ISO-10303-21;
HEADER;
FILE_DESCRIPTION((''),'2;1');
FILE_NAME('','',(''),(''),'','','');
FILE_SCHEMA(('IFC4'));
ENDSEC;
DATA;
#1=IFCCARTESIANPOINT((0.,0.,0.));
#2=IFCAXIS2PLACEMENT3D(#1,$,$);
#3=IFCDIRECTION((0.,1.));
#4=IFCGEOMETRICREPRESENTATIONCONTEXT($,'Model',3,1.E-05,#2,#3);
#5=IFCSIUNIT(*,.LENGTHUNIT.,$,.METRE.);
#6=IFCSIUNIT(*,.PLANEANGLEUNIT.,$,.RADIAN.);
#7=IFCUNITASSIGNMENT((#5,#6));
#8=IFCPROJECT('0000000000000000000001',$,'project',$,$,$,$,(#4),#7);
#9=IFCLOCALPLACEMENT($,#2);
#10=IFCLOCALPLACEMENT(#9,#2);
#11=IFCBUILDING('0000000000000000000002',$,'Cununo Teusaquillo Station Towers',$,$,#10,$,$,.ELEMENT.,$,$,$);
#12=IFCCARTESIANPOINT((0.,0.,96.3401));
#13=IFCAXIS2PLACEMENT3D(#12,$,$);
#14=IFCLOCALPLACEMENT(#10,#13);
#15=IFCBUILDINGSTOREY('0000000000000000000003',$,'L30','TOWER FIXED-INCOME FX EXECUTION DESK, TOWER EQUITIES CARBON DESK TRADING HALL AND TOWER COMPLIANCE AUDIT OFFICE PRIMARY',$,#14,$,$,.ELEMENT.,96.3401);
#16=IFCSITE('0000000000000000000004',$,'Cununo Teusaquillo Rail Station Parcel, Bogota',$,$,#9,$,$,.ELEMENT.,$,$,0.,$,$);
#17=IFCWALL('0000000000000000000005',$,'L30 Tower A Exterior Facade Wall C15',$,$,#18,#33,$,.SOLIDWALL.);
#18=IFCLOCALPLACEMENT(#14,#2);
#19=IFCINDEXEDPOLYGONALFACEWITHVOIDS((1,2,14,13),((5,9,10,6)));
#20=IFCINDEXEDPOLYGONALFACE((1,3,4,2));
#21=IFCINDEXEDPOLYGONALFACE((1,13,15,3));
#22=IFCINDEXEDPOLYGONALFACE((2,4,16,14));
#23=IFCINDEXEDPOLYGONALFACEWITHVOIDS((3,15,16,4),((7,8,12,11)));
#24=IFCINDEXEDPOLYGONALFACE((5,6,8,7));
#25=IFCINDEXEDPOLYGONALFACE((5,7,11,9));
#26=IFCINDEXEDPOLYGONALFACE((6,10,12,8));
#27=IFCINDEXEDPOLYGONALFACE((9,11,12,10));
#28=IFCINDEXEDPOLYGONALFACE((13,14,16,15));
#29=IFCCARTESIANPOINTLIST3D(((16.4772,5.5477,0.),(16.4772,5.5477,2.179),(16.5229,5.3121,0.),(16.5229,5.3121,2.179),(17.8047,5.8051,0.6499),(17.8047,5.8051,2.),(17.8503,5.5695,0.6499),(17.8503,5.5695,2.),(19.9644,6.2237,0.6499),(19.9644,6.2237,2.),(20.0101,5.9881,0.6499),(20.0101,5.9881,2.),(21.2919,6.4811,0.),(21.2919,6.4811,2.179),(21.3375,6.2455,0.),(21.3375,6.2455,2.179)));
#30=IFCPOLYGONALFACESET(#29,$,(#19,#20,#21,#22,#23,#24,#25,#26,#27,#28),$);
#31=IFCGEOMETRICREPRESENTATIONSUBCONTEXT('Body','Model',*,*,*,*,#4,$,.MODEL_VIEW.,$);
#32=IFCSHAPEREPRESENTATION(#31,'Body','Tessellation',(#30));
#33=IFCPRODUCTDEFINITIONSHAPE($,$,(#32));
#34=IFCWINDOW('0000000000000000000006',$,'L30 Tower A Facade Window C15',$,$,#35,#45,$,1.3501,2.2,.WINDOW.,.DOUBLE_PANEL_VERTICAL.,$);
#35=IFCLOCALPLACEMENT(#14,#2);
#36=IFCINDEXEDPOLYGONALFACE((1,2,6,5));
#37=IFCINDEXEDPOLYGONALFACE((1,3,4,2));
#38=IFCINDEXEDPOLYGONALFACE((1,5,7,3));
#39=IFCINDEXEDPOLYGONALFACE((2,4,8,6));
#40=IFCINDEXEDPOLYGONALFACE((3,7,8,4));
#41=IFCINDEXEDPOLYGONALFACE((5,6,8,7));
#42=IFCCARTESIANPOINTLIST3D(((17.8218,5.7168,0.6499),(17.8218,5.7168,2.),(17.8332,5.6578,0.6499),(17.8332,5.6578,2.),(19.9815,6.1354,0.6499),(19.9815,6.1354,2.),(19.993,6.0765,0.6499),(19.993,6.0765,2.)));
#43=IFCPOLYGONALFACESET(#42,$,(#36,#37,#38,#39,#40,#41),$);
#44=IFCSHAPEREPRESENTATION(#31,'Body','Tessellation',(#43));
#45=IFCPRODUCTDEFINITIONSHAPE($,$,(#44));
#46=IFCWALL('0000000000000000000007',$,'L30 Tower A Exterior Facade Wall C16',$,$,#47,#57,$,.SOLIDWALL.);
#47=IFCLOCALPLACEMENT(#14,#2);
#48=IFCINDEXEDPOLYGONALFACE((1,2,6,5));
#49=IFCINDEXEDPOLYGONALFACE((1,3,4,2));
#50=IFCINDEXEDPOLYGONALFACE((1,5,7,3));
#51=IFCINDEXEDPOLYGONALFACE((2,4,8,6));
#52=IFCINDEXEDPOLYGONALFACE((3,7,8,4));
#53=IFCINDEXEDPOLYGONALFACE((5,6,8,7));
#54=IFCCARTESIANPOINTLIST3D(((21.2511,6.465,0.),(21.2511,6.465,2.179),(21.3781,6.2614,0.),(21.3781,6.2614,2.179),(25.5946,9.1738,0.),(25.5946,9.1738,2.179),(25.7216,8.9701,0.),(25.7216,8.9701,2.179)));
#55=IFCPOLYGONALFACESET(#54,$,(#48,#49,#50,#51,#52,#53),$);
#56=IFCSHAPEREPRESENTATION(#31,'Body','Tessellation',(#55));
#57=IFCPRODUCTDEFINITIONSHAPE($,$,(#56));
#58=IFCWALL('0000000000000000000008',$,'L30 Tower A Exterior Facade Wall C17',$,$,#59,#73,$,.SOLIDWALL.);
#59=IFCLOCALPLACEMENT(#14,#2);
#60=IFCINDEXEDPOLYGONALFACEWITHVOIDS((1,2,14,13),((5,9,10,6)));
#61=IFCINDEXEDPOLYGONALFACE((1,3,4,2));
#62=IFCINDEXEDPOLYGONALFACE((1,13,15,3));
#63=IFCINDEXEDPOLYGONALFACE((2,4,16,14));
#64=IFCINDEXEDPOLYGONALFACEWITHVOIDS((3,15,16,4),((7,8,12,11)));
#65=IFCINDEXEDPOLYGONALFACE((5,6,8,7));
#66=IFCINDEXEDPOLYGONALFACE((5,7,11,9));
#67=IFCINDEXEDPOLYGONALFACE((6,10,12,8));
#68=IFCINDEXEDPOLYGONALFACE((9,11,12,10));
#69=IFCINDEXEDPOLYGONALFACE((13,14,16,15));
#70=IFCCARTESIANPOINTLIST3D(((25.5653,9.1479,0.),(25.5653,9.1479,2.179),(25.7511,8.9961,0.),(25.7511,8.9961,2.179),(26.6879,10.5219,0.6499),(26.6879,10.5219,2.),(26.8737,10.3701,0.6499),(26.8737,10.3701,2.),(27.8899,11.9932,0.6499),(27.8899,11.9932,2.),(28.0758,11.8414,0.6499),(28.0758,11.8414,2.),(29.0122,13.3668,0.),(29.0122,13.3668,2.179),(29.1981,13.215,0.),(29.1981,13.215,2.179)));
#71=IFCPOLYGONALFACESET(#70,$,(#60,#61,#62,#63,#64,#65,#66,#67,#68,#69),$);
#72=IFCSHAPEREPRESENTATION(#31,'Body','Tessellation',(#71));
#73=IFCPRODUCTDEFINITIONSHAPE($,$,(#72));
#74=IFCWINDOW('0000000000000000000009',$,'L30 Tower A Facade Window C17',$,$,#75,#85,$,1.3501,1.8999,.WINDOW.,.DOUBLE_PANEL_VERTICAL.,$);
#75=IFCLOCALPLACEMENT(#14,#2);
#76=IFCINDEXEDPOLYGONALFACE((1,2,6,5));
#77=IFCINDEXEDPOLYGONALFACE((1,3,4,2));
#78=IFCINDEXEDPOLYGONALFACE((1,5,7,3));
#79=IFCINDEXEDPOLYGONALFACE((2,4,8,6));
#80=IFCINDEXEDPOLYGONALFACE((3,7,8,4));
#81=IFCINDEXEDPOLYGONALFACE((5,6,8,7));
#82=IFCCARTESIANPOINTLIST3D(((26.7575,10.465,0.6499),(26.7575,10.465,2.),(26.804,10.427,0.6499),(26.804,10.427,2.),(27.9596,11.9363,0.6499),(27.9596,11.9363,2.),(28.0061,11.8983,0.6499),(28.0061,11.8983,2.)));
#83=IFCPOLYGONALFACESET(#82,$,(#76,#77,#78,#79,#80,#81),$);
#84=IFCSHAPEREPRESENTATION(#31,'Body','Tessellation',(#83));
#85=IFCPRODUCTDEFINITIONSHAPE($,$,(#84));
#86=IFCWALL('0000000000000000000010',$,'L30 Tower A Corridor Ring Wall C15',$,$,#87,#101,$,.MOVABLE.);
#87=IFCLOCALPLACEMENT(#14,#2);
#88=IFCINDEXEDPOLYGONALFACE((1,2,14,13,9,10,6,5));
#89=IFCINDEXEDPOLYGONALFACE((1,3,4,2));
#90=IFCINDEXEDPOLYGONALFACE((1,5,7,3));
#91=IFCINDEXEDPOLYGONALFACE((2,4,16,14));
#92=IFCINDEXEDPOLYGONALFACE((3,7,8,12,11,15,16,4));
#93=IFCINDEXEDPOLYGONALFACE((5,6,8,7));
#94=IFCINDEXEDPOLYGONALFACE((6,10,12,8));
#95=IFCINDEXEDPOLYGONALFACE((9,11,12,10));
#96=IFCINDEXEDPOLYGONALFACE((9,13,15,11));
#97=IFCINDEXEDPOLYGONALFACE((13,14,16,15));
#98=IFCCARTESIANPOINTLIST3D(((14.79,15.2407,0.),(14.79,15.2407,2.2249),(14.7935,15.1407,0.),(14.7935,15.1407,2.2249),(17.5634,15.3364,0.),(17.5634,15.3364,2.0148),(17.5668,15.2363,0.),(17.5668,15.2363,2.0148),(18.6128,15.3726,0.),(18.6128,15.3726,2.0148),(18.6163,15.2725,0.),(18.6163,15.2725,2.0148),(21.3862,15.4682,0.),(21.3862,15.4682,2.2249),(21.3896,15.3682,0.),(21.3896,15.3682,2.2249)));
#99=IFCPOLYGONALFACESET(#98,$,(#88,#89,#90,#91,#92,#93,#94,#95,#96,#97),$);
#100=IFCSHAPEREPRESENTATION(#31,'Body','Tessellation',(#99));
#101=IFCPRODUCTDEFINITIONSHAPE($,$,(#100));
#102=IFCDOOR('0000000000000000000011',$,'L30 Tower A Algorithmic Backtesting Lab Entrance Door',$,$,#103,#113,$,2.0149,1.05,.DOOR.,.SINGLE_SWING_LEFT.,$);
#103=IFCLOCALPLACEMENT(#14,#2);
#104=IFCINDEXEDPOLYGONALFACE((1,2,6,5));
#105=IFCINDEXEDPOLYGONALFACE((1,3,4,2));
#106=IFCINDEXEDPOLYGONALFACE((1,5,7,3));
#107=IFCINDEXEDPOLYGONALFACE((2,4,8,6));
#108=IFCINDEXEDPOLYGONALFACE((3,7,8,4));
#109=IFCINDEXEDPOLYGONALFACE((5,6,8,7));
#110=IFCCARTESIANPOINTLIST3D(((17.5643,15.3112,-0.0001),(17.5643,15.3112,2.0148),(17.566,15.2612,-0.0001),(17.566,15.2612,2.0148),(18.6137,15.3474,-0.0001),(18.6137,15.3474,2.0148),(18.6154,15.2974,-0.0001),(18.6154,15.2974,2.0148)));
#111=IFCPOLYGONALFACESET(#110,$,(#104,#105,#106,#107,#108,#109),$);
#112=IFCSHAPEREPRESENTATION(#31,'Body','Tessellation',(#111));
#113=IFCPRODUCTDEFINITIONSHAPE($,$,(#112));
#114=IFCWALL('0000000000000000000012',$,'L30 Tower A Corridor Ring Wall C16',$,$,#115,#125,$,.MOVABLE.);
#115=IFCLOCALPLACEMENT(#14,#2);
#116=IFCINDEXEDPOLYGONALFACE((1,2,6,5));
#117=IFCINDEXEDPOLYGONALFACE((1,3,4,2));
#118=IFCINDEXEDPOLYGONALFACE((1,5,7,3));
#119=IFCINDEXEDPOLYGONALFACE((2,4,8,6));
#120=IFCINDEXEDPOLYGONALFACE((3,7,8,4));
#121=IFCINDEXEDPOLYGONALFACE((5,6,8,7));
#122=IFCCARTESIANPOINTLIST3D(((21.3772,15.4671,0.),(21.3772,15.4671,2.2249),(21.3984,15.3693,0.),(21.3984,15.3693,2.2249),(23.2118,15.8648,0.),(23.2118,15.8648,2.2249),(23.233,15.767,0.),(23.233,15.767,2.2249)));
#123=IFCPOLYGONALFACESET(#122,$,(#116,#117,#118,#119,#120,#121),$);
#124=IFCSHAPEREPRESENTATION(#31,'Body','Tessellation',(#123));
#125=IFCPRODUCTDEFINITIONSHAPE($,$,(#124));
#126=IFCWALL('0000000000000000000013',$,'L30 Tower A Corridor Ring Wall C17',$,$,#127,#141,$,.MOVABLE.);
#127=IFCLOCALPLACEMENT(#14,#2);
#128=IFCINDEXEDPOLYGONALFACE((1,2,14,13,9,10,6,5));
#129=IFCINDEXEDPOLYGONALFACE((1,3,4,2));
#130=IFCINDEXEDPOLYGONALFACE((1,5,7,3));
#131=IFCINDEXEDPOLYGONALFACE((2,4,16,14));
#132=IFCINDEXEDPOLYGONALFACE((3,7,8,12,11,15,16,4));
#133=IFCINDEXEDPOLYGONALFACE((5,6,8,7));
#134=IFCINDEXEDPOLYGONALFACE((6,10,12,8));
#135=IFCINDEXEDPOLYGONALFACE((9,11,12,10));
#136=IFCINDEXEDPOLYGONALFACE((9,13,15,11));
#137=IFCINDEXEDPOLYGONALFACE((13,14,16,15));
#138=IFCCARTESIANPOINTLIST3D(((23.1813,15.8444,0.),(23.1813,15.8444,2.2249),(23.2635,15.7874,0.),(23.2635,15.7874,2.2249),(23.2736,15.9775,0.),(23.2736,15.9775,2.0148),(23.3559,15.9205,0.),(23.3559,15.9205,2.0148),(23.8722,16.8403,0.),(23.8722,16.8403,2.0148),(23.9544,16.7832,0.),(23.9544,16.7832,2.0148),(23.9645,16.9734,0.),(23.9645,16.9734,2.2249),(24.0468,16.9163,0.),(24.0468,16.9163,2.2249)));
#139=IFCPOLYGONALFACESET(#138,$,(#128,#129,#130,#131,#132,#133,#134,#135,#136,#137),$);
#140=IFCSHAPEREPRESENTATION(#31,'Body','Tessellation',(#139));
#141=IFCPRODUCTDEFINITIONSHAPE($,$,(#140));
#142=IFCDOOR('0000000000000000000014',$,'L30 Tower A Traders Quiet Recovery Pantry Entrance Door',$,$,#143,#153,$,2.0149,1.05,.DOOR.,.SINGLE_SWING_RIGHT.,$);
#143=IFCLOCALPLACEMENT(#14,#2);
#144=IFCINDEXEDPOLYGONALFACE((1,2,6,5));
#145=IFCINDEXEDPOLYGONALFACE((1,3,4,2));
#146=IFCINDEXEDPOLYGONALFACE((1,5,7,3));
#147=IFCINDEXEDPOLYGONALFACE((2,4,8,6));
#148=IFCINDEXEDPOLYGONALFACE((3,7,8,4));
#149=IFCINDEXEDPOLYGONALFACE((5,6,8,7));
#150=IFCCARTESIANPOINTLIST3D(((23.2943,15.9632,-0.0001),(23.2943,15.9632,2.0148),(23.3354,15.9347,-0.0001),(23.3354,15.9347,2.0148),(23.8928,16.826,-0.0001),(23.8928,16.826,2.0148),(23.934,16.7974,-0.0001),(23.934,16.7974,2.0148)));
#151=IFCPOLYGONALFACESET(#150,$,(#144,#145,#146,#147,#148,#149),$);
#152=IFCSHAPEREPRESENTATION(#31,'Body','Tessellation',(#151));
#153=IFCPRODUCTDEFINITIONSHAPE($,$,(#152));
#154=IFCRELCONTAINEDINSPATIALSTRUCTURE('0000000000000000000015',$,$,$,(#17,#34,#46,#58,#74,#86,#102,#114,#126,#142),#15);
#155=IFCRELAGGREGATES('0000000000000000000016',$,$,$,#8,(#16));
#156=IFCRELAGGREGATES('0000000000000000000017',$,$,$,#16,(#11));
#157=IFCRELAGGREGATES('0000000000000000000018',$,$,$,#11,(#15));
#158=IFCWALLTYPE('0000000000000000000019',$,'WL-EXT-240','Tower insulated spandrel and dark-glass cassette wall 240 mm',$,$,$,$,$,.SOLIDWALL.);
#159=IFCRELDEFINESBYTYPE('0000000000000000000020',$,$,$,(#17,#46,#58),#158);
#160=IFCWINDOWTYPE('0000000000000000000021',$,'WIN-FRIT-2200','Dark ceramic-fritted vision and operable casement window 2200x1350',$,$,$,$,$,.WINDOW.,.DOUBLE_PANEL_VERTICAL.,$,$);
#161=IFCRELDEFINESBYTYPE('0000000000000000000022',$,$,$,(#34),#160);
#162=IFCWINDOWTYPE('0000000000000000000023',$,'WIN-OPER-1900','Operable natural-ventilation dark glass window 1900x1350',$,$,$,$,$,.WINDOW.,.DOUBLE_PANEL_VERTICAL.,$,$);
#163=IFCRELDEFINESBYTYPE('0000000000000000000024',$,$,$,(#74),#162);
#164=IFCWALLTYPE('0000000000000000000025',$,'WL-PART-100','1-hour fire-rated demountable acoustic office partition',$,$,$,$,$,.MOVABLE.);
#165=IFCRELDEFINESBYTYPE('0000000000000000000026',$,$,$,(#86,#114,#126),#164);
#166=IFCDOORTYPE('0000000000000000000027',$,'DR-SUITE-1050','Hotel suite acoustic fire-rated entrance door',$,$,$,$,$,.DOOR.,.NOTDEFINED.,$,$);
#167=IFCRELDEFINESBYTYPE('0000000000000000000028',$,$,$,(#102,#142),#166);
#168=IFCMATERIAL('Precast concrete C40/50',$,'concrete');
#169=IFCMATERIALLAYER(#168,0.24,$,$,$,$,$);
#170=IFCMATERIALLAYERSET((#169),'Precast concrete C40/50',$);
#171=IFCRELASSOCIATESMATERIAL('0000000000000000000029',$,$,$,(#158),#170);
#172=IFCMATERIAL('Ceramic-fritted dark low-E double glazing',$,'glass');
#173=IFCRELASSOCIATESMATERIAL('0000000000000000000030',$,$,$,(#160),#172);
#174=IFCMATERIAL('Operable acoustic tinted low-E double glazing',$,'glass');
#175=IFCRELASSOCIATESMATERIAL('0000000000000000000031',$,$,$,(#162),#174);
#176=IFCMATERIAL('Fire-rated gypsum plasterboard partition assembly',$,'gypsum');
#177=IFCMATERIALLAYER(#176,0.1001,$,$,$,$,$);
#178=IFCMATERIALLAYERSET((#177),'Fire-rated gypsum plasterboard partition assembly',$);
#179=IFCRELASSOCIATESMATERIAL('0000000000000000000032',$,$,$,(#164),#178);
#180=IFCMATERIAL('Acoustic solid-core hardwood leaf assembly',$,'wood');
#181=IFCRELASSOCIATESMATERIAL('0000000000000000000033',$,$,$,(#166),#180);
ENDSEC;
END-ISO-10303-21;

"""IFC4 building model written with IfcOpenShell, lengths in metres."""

from ifc_helpers import new_model, si_unit, direction, frame, frame_2d, origin, place, context, subcontext, project, spatial, rectangle, extrude, source, transform, mapped, material, layer, layer_set, type_object, element, fill, save


model = new_model("IFC4")

# Units and contexts
model_context = context("Model", 3, precision=1e-05, world=origin(), true_north=direction((0.0, 1.0)))
body_context = subcontext(model_context, "Body", "Model", "MODEL_VIEW")
ifc_project = project(units=[si_unit("LENGTHUNIT", "METRE"), si_unit("PLANEANGLEUNIT", "RADIAN")], contexts=[model_context])

# Site, building, storey
site_placement = place(None, origin())
site = spatial("IfcSite", under=ifc_project, at=site_placement, Name="Cununo Teusaquillo Rail Station Parcel, Bogota", CompositionType="ELEMENT", RefElevation=0.0)
building_placement = place(site_placement, origin())
building = spatial("IfcBuilding", under=site, at=building_placement, Name="Cununo Teusaquillo Station Towers", CompositionType="ELEMENT")
storey_placement = place(building_placement, frame((0.0, 0.0, 96.3401)))
storey = spatial("IfcBuildingStorey", under=building, at=storey_placement, Name="L30", Description="TOWER FIXED-INCOME FX EXECUTION DESK, TOWER EQUITIES CARBON DESK TRADING HALL AND TOWER COMPLIANCE AUDIT OFFICE PRIMARY", CompositionType="ELEMENT", Elevation=96.3401)

# Shared definitions
ifc_material_1 = material(Name="Precast concrete C40/50", Category="concrete")
ifc_layer_1 = layer(ifc_material_1, 0.24)
ifc_layer_set_1 = layer_set([ifc_layer_1], Name="Precast concrete C40/50")
wall_type_1 = type_object("IfcWallType", Name="WL-EXT-240", Description="Tower insulated spandrel and dark-glass cassette wall 240 mm", PredefinedType="SOLIDWALL", material=ifc_layer_set_1)

# Wall, opening, window
wall_1_placement = place(storey_placement, frame((21.3147, 6.3633, 0.0), z_axis=(0.0, 0.0, 1.0), x_axis=(-0.981724, -0.190311, 0.0)))
wall_1 = element("IfcWall", 1, at=wall_1_placement, inside=storey, type_object=wall_type_1, Name="L30 Tower A Exterior Facade Wall C15", PredefinedType="SOLIDWALL", context=body_context, shape_type="SweptSolid", body=[
    extrude(rectangle(XDim=4.9043, YDim=0.24, at=frame_2d((2.4521, 0.0))), origin(), (0.0, 0.0, 1.0), 2.179),
])
shared_shape_1 = source(origin(), body_context, "Body", "SweptSolid", [
    extrude(rectangle(XDim=2.2, YDim=1.3501, at=frame_2d((1.1001, 0.675))), frame((0.0, 0.1299, 0.0), z_axis=(0.0, -1.0, 0.0), x_axis=(1.0, 0.0, 0.0)), (0.0, 0.0, 1.0), 0.26),
])
opening_1_placement = place(wall_1_placement, frame((1.3521, 0.0, 0.6499)))
opening_1 = element("IfcOpeningElement", 2, at=opening_1_placement, cuts=wall_1, PredefinedType="OPENING", context=body_context, shape_type="MappedRepresentation", body=[
    mapped(shared_shape_1, transform((0.0, 0.0, 0.0), x_axis=(1.0, 0.0, 0.0), y_axis=(0.0, 1.0, 0.0), z_axis=(0.0, 0.0, 1.0), scale=1.0)),
])
ifc_material_2 = material(Name="Ceramic-fritted dark low-E double glazing", Category="glass")
window_type_1 = type_object("IfcWindowType", Name="WIN-FRIT-2200", Description="Dark ceramic-fritted vision and operable casement window 2200x1350", PartitioningType="DOUBLE_PANEL_VERTICAL", PredefinedType="WINDOW", material=ifc_material_2)
shared_shape_2 = source(origin(), body_context, "Body", "SweptSolid", [
    extrude(rectangle(XDim=2.2, YDim=1.3501, at=frame_2d((1.1001, 0.675))), frame((0.0, 0.03, 0.0), z_axis=(0.0, -1.0, 0.0), x_axis=(1.0, 0.0, 0.0)), (0.0, 0.0, 1.0), 0.0601),
])
window_1_placement = place(opening_1_placement, origin())
window_1 = element("IfcWindow", 3, at=window_1_placement, inside=storey, type_object=window_type_1, Name="L30 Tower A Facade Window C15", OverallHeight=1.3501, OverallWidth=2.2, PartitioningType="DOUBLE_PANEL_VERTICAL", PredefinedType="WINDOW", context=body_context, shape_type="MappedRepresentation", body=[
    mapped(shared_shape_2, transform((0.0, 0.0, 0.0), x_axis=(1.0, 0.0, 0.0), y_axis=(0.0, 1.0, 0.0), z_axis=(0.0, 0.0, 1.0), scale=1.0)),
])
fill(opening_1, window_1)

# Wall
wall_2_placement = place(storey_placement, frame((25.6582, 9.072, 0.0), z_axis=(0.0, 0.0, 1.0), x_axis=(-0.84852, -0.529163, 0.0)))
element("IfcWall", 4, at=wall_2_placement, inside=storey, type_object=wall_type_1, Name="L30 Tower A Exterior Facade Wall C16", PredefinedType="SOLIDWALL", context=body_context, shape_type="SweptSolid", body=[
    extrude(rectangle(XDim=5.1189, YDim=0.24, at=frame_2d((2.5596, 0.0))), origin(), (0.0, 0.0, 1.0), 2.179),
])

# Wall, opening, window
wall_3_placement = place(storey_placement, frame((29.1052, 13.291, 0.0), z_axis=(0.0, 0.0, 1.0), x_axis=(-0.632701, -0.774396, 0.0)))
wall_3 = element("IfcWall", 5, at=wall_3_placement, inside=storey, type_object=wall_type_1, Name="L30 Tower A Exterior Facade Wall C17", PredefinedType="SOLIDWALL", context=body_context, shape_type="SweptSolid", body=[
    extrude(rectangle(XDim=5.448, YDim=0.24, at=frame_2d((2.7241, 0.0))), origin(), (0.0, 0.0, 1.0), 2.179),
])
shared_shape_3 = source(origin(), body_context, "Body", "SweptSolid", [
    extrude(rectangle(XDim=1.8999, YDim=1.3501, at=frame_2d((0.95, 0.675))), frame((0.0, 0.1299, 0.0), z_axis=(0.0, -1.0, 0.0), x_axis=(1.0, 0.0, 0.0)), (0.0, 0.0, 1.0), 0.26),
])
opening_2_placement = place(wall_3_placement, frame((1.7739, 0.0, 0.6499)))
opening_2 = element("IfcOpeningElement", 6, at=opening_2_placement, cuts=wall_3, PredefinedType="OPENING", context=body_context, shape_type="MappedRepresentation", body=[
    mapped(shared_shape_3, transform((0.0, 0.0, 0.0), x_axis=(1.0, 0.0, 0.0), y_axis=(0.0, 1.0, 0.0), z_axis=(0.0, 0.0, 1.0), scale=1.0)),
])
ifc_material_3 = material(Name="Operable acoustic tinted low-E double glazing", Category="glass")
window_type_2 = type_object("IfcWindowType", Name="WIN-OPER-1900", Description="Operable natural-ventilation dark glass window 1900x1350", PartitioningType="DOUBLE_PANEL_VERTICAL", PredefinedType="WINDOW", material=ifc_material_3)
shared_shape_4 = source(origin(), body_context, "Body", "SweptSolid", [
    extrude(rectangle(XDim=1.8999, YDim=1.3501, at=frame_2d((0.95, 0.675))), frame((0.0, 0.03, 0.0), z_axis=(0.0, -1.0, 0.0), x_axis=(1.0, 0.0, 0.0)), (0.0, 0.0, 1.0), 0.0601),
])
window_2_placement = place(opening_2_placement, origin())
window_2 = element("IfcWindow", 7, at=window_2_placement, inside=storey, type_object=window_type_2, Name="L30 Tower A Facade Window C17", OverallHeight=1.3501, OverallWidth=1.8999, PartitioningType="DOUBLE_PANEL_VERTICAL", PredefinedType="WINDOW", context=body_context, shape_type="MappedRepresentation", body=[
    mapped(shared_shape_4, transform((0.0, 0.0, 0.0), x_axis=(1.0, 0.0, 0.0), y_axis=(0.0, 1.0, 0.0), z_axis=(0.0, 0.0, 1.0), scale=1.0)),
])
fill(opening_2, window_2)

# Wall, opening, door
ifc_material_4 = material(Name="Fire-rated gypsum plasterboard partition assembly", Category="gypsum")
ifc_layer_2 = layer(ifc_material_4, 0.1001)
ifc_layer_set_2 = layer_set([ifc_layer_2], Name="Fire-rated gypsum plasterboard partition assembly")
wall_type_2 = type_object("IfcWallType", Name="WL-PART-100", Description="1-hour fire-rated demountable acoustic office partition", PredefinedType="MOVABLE", material=ifc_layer_set_2)
wall_4_placement = place(storey_placement, frame((14.7917, 15.1907, 0.0), z_axis=(0.0, 0.0, 1.0), x_axis=(0.999406, 0.034475, 0.0)))
wall_4 = element("IfcWall", 8, at=wall_4_placement, inside=storey, type_object=wall_type_2, Name="L30 Tower A Corridor Ring Wall C15", PredefinedType="MOVABLE", context=body_context, shape_type="SweptSolid", body=[
    extrude(rectangle(XDim=6.6001, YDim=0.1001, at=frame_2d((3.3, 0.0))), origin(), (0.0, 0.0, 1.0), 2.2249),
])
shared_shape_5 = source(origin(), body_context, "Body", "SweptSolid", [
    extrude(rectangle(XDim=1.05, YDim=2.0149, at=frame_2d((0.5249, 1.0073))), frame((0.0, 0.0601, 0.0), z_axis=(0.0, -1.0, 0.0), x_axis=(1.0, 0.0, 0.0)), (0.0, 0.0, 1.0), 0.1201),
])
opening_3_placement = place(wall_4_placement, frame((2.7751, 0.0, 0.0)))
opening_3 = element("IfcOpeningElement", 9, at=opening_3_placement, cuts=wall_4, PredefinedType="OPENING", context=body_context, shape_type="MappedRepresentation", body=[
    mapped(shared_shape_5, transform((0.0, 0.0, 0.0), x_axis=(1.0, 0.0, 0.0), y_axis=(0.0, 1.0, 0.0), z_axis=(0.0, 0.0, 1.0), scale=1.0)),
])
ifc_material_5 = material(Name="Acoustic solid-core hardwood leaf assembly", Category="wood")
door_type_1 = type_object("IfcDoorType", Name="DR-SUITE-1050", Description="Hotel suite acoustic fire-rated entrance door", OperationType="NOTDEFINED", PredefinedType="DOOR", material=ifc_material_5)
shared_shape_6 = source(origin(), body_context, "Body", "SweptSolid", [
    extrude(rectangle(XDim=1.05, YDim=2.0149, at=frame_2d((0.5249, 1.0073))), frame((0.0, 0.0249, 0.0), z_axis=(0.0, -1.0, 0.0), x_axis=(1.0, 0.0, 0.0)), (0.0, 0.0, 1.0), 0.05),
])
door_1_placement = place(opening_3_placement, origin())
door_1 = element("IfcDoor", 10, at=door_1_placement, inside=storey, type_object=door_type_1, Name="L30 Tower A Algorithmic Backtesting Lab Entrance Door", OperationType="SINGLE_SWING_LEFT", OverallHeight=2.0149, OverallWidth=1.05, PredefinedType="DOOR", context=body_context, shape_type="MappedRepresentation", body=[
    mapped(shared_shape_6, transform((0.0, 0.0, 0.0), x_axis=(1.0, 0.0, 0.0), y_axis=(0.0, 1.0, 0.0), z_axis=(0.0, 0.0, 1.0), scale=1.0)),
])
fill(opening_3, door_1)

# Wall
wall_5_placement = place(storey_placement, frame((21.3879, 15.4182, 0.0), z_axis=(0.0, 0.0, 1.0), x_axis=(0.977297, 0.211873, 0.0)))
element("IfcWall", 11, at=wall_5_placement, inside=storey, type_object=wall_type_2, Name="L30 Tower A Corridor Ring Wall C16", PredefinedType="MOVABLE", context=body_context, shape_type="SweptSolid", body=[
    extrude(rectangle(XDim=1.8772, YDim=0.1001, at=frame_2d((0.9385, 0.0))), origin(), (0.0, 0.0, 1.0), 2.2249),
])

# Wall, opening, door
wall_6_placement = place(storey_placement, frame((23.2224, 15.8159, 0.0), z_axis=(0.0, 0.0, 1.0), x_axis=(0.570023, 0.821629, 0.0)))
wall_6 = element("IfcWall", 12, at=wall_6_placement, inside=storey, type_object=wall_type_2, Name="L30 Tower A Corridor Ring Wall C17", PredefinedType="MOVABLE", context=body_context, shape_type="SweptSolid", body=[
    extrude(rectangle(XDim=1.374, YDim=0.1001, at=frame_2d((0.687, 0.0))), origin(), (0.0, 0.0, 1.0), 2.2249),
])
opening_4_placement = place(wall_6_placement, frame((0.1621, 0.0, 0.0)))
opening_4 = element("IfcOpeningElement", 13, at=opening_4_placement, cuts=wall_6, PredefinedType="OPENING", context=body_context, shape_type="MappedRepresentation", body=[
    mapped(shared_shape_5, transform((0.0, 0.0, 0.0), x_axis=(1.0, 0.0, 0.0), y_axis=(0.0, 1.0, 0.0), z_axis=(0.0, 0.0, 1.0), scale=1.0)),
])
door_2_placement = place(opening_4_placement, origin())
door_2 = element("IfcDoor", 14, at=door_2_placement, inside=storey, type_object=door_type_1, Name="L30 Tower A Traders Quiet Recovery Pantry Entrance Door", OperationType="SINGLE_SWING_RIGHT", OverallHeight=2.0149, OverallWidth=1.05, PredefinedType="DOOR", context=body_context, shape_type="MappedRepresentation", body=[
    mapped(shared_shape_6, transform((0.0, 0.0, 0.0), x_axis=(1.0, 0.0, 0.0), y_axis=(0.0, 1.0, 0.0), z_axis=(0.0, 0.0, 1.0), scale=1.0)),
])
fill(opening_4, door_2)

save(model, "model.ifc")
